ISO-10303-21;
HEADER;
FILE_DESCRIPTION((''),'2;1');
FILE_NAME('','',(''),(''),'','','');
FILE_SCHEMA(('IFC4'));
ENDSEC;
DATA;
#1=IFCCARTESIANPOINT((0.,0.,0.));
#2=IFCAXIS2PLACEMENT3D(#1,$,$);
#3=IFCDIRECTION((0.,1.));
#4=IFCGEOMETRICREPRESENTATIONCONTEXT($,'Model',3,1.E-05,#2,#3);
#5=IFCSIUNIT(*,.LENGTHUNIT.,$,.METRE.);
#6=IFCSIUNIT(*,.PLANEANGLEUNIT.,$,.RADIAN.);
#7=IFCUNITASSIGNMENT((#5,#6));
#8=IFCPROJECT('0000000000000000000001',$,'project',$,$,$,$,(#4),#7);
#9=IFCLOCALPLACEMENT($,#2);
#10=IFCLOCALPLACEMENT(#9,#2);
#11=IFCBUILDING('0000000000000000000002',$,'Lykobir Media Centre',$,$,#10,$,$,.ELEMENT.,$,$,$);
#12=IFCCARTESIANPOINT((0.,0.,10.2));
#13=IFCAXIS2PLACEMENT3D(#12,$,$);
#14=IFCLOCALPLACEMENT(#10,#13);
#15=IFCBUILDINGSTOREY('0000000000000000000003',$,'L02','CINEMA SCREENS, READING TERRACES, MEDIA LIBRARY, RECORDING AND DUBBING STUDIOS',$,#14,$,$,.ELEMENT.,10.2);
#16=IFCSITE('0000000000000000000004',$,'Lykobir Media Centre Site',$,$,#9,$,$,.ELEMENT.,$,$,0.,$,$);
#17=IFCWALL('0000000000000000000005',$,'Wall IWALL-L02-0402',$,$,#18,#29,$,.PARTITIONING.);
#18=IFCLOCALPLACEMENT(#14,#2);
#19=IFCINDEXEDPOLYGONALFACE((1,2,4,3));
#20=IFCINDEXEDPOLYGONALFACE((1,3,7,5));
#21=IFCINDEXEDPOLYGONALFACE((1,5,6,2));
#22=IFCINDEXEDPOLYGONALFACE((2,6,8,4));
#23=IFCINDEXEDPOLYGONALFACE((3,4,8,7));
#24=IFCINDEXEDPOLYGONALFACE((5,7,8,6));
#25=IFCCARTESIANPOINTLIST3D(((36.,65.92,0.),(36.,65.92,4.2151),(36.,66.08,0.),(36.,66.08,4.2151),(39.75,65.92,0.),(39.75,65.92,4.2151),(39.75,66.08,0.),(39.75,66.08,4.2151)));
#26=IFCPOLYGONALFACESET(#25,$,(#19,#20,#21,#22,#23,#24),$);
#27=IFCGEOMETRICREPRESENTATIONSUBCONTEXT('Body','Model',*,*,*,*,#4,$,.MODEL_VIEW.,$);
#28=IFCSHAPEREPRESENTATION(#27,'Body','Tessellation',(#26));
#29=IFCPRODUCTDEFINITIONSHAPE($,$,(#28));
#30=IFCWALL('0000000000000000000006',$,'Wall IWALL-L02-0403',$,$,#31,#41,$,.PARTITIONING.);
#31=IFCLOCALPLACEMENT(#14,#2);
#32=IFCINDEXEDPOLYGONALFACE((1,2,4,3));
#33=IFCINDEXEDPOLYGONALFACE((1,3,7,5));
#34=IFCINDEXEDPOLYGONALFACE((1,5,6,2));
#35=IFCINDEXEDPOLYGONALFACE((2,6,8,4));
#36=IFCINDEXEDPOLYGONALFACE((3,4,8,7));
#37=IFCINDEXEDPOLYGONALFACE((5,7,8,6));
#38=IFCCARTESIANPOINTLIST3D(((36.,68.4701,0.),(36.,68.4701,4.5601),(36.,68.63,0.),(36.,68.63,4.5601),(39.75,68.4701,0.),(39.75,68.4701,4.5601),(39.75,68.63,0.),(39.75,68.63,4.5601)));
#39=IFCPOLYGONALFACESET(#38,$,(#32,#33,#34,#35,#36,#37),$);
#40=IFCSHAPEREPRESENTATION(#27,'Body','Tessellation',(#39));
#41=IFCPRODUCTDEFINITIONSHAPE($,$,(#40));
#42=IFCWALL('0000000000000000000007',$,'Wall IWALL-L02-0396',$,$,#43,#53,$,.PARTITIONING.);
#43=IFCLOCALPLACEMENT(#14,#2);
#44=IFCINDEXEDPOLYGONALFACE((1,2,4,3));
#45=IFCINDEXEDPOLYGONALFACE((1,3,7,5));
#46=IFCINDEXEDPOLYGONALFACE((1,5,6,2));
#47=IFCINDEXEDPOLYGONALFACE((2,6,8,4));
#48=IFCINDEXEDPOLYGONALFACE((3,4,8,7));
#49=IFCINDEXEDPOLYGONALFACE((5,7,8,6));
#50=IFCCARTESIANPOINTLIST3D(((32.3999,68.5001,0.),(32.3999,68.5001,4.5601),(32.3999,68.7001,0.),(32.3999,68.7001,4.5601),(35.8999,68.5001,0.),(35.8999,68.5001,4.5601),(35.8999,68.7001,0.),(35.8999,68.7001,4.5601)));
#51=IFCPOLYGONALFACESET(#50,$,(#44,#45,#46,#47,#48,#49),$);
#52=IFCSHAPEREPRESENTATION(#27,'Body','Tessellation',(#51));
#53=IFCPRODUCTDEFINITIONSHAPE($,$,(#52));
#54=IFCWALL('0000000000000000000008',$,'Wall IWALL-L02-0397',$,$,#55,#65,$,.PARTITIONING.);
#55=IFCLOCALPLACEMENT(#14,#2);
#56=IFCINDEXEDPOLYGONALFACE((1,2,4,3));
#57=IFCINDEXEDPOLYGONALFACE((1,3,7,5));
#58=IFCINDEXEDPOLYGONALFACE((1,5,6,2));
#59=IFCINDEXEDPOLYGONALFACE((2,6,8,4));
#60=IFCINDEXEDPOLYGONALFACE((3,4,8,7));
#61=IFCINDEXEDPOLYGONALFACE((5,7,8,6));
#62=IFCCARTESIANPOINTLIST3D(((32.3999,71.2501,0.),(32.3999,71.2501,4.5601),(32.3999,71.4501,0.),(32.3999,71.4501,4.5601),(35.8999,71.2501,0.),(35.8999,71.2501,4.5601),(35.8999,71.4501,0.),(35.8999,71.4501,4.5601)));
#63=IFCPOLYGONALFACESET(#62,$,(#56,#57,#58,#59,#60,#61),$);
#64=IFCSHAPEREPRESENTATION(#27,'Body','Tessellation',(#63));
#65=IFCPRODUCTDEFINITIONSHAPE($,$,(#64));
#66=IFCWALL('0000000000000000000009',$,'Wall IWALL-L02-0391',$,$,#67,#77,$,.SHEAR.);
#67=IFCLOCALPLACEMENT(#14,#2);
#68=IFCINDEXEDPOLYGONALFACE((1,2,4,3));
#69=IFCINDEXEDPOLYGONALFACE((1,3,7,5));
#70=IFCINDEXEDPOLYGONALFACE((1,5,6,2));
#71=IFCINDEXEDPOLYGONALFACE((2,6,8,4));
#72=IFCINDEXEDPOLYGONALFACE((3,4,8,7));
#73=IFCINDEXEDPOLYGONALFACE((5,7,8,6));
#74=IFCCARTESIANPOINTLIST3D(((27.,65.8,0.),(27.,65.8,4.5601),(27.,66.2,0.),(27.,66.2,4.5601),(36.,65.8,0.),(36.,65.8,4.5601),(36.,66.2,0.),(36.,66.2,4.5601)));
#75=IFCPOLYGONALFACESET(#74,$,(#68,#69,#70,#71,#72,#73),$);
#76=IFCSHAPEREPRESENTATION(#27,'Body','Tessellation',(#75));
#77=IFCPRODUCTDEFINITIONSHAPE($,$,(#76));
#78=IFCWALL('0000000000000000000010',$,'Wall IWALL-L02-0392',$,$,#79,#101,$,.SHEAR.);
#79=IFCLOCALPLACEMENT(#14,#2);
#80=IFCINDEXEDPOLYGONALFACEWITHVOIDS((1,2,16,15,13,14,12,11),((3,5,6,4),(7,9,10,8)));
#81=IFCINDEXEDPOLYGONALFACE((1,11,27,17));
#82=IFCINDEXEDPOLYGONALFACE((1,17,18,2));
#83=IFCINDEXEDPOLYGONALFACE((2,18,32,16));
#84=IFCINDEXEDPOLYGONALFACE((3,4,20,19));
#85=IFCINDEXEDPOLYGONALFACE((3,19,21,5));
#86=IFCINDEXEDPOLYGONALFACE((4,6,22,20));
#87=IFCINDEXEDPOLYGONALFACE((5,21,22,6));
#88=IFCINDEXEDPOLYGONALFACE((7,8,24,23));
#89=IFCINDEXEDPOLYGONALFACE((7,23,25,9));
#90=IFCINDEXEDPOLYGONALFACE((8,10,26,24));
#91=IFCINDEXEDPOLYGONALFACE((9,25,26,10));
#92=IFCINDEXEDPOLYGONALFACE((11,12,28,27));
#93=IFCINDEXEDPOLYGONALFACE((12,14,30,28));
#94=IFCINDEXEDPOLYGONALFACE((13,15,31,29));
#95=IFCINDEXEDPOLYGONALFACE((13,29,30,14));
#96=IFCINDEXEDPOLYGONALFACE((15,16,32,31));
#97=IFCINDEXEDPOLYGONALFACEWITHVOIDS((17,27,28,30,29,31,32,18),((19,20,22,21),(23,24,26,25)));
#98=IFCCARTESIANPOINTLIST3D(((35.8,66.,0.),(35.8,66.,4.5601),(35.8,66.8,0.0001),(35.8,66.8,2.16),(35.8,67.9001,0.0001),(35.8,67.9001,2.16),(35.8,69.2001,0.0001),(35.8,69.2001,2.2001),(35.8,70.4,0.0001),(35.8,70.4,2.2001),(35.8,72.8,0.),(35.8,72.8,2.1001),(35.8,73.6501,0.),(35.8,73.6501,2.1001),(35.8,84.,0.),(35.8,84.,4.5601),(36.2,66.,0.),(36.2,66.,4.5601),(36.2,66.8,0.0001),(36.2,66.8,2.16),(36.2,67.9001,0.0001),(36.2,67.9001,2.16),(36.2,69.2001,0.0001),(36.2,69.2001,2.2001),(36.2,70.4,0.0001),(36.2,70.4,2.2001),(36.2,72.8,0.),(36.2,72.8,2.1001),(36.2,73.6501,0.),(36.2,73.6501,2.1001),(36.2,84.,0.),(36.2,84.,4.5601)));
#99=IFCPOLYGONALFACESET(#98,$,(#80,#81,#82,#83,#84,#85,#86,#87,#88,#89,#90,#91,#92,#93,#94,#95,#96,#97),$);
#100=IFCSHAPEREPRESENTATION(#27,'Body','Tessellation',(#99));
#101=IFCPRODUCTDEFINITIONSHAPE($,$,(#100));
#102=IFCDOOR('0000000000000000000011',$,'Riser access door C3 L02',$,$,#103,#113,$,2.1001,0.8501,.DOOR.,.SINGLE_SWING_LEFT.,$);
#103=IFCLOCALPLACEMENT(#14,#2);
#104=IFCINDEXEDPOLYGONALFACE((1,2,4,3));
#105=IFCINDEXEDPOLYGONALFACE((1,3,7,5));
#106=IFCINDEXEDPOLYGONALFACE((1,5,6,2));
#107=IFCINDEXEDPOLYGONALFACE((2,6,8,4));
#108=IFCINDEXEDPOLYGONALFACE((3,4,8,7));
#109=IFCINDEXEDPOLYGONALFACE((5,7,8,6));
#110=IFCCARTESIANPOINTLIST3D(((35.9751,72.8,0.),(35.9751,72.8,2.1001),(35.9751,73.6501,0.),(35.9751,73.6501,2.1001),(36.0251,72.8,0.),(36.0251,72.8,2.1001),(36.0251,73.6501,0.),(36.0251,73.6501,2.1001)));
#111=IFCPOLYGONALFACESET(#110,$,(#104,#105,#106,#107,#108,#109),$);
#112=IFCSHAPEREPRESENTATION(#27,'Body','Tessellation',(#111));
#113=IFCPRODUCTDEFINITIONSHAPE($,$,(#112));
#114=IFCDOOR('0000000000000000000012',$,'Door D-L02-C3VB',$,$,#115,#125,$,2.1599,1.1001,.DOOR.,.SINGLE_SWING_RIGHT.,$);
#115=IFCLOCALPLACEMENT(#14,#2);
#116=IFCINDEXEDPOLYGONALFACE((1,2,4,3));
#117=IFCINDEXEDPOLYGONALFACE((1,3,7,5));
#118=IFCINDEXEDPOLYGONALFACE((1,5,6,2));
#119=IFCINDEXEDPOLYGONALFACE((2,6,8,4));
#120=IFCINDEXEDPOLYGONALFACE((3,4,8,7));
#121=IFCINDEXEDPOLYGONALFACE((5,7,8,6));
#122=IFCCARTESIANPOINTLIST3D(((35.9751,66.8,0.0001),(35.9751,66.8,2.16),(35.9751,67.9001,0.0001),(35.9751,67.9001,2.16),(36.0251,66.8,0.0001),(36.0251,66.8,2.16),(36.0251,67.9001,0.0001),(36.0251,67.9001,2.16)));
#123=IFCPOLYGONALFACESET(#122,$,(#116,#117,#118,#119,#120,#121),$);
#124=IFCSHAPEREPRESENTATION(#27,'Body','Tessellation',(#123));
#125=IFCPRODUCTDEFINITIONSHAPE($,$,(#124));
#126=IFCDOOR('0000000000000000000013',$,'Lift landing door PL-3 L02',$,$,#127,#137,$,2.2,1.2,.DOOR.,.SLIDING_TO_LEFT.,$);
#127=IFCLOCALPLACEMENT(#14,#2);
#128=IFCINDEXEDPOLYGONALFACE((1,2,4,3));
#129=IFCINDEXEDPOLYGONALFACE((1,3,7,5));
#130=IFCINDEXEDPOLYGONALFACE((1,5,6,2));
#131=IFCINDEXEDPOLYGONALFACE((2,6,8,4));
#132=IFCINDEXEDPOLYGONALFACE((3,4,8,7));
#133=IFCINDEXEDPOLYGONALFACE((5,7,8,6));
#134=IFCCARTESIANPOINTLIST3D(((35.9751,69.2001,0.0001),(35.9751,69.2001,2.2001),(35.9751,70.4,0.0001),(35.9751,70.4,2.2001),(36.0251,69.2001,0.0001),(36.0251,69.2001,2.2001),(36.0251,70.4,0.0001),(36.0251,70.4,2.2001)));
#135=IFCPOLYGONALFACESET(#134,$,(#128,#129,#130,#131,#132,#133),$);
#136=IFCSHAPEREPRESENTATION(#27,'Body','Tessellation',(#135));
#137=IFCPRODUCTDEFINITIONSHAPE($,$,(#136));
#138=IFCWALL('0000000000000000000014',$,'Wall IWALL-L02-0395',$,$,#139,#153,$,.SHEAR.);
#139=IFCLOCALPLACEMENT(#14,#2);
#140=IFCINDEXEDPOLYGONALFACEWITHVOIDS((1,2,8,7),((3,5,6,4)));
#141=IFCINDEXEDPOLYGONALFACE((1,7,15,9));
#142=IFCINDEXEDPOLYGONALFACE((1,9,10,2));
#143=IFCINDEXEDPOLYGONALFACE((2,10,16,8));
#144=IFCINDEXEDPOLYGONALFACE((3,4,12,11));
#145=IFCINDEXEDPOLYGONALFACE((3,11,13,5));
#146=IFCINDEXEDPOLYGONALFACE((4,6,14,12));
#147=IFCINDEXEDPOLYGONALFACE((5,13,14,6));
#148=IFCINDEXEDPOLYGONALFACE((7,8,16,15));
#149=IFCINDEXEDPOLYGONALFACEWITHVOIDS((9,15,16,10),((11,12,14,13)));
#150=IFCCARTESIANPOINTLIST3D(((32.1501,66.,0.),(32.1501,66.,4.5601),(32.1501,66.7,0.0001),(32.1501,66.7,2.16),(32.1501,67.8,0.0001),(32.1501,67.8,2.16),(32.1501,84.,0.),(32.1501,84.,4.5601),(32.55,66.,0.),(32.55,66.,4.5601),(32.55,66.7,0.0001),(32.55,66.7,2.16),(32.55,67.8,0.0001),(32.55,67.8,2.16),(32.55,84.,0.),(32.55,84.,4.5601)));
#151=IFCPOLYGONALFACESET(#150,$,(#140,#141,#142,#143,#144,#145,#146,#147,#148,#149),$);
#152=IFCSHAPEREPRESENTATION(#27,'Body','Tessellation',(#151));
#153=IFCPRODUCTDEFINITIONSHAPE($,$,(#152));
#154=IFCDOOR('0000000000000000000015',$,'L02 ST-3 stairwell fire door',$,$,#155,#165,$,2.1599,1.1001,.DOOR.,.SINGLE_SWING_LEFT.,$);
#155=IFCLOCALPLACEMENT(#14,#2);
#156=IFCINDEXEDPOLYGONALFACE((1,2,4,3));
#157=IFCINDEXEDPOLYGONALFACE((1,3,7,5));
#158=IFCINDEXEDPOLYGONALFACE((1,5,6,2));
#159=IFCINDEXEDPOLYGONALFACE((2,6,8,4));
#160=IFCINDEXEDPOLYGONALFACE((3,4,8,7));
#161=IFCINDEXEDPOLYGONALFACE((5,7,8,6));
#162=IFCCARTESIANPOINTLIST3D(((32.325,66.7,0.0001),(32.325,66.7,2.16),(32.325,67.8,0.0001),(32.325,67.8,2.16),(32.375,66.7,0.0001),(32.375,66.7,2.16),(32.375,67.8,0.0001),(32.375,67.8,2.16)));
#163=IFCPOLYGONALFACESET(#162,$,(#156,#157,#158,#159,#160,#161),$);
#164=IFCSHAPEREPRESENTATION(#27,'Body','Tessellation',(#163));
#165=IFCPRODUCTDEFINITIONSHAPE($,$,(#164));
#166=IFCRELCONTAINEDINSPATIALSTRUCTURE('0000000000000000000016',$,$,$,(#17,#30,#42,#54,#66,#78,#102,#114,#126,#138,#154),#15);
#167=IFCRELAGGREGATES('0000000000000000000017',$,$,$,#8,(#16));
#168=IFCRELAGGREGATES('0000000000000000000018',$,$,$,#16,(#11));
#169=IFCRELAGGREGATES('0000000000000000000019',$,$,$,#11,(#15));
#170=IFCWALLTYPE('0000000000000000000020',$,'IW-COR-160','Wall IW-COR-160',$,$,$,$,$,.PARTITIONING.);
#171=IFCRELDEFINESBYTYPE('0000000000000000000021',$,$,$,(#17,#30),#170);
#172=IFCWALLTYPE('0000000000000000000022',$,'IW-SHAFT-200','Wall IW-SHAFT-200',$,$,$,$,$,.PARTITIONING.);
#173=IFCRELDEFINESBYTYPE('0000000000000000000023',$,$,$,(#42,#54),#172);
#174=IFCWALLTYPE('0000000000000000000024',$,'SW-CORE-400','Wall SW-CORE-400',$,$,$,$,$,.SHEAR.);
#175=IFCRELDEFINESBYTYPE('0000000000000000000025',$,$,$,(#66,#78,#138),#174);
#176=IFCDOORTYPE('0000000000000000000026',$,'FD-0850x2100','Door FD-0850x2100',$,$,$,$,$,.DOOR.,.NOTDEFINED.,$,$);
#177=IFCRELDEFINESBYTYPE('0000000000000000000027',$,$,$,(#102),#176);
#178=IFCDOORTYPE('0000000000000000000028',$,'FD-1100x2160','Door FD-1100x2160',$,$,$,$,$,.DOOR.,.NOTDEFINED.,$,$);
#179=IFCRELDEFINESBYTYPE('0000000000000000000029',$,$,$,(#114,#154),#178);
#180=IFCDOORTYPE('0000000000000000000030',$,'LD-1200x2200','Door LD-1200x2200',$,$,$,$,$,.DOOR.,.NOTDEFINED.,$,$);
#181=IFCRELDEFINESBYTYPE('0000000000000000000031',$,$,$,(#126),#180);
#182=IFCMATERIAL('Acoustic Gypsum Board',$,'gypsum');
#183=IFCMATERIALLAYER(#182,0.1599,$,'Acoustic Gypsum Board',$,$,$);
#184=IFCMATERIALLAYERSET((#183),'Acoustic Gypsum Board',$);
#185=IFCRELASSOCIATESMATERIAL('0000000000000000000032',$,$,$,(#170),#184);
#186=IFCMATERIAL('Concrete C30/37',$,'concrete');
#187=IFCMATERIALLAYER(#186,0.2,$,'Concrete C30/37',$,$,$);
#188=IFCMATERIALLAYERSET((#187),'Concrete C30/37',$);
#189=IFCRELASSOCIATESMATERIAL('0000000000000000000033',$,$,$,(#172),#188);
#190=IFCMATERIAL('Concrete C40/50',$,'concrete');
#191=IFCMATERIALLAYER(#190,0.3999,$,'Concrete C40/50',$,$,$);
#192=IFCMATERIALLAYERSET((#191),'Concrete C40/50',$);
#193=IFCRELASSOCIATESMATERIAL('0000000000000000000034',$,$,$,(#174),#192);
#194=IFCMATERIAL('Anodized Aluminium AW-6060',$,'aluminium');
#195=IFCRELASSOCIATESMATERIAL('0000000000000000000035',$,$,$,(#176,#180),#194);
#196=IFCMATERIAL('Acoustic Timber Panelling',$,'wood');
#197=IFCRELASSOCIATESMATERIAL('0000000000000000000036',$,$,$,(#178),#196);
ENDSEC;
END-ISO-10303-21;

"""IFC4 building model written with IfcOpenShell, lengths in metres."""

from ifc_helpers import new_model, si_unit, direction, frame, frame_2d, origin, place, context, subcontext, project, spatial, rectangle, extrude, material, layer, layer_set, type_object, element, fill, save


model = new_model("IFC4")

# Units and contexts
model_context = context("Model", 3, precision=1e-05, world=origin(), true_north=direction((0.0, 1.0)))
body_context = subcontext(model_context, "Body", "Model", "MODEL_VIEW")
ifc_project = project(units=[si_unit("LENGTHUNIT", "METRE"), si_unit("PLANEANGLEUNIT", "RADIAN")], contexts=[model_context])

# Site, building, storey
site_placement = place(None, origin())
site = spatial("IfcSite", under=ifc_project, at=site_placement, Name="Lykobir Media Centre Site", CompositionType="ELEMENT", RefElevation=0.0)
building_placement = place(site_placement, origin())
building = spatial("IfcBuilding", under=site, at=building_placement, Name="Lykobir Media Centre", CompositionType="ELEMENT")
storey_placement = place(building_placement, frame((0.0, 0.0, 10.2)))
storey = spatial("IfcBuildingStorey", under=building, at=storey_placement, Name="L02", Description="CINEMA SCREENS, READING TERRACES, MEDIA LIBRARY, RECORDING AND DUBBING STUDIOS", CompositionType="ELEMENT", Elevation=10.2)

# Shared definitions
ifc_material_1 = material(Name="Anodized Aluminium AW-6060", Category="aluminium")

# Walls
ifc_material_2 = material(Name="Acoustic Gypsum Board", Category="gypsum")
ifc_layer_1 = layer(ifc_material_2, 0.1599, Name="Acoustic Gypsum Board")
ifc_layer_set_1 = layer_set([ifc_layer_1], Name="Acoustic Gypsum Board")
wall_type_1 = type_object("IfcWallType", Name="IW-COR-160", Description="Wall IW-COR-160", PredefinedType="PARTITIONING", material=ifc_layer_set_1)
wall_1_placement = place(storey_placement, frame((36.0, 66.0, 0.0), z_axis=(0.0, 0.0, 1.0), x_axis=(1.0, 0.0, 0.0)))
element("IfcWall", 1, at=wall_1_placement, inside=storey, type_object=wall_type_1, Name="Wall IWALL-L02-0402", PredefinedType="PARTITIONING", context=body_context, shape_type="SweptSolid", body=[
    extrude(rectangle(XDim=3.75, YDim=0.1599, at=frame_2d((1.875, 0.0))), origin(), (0.0, 0.0, 1.0), 4.2151),
])
wall_2_placement = place(storey_placement, frame((36.0, 68.55, 0.0), z_axis=(0.0, 0.0, 1.0), x_axis=(1.0, 0.0, 0.0)))
element("IfcWall", 2, at=wall_2_placement, inside=storey, type_object=wall_type_1, Name="Wall IWALL-L02-0403", PredefinedType="PARTITIONING", context=body_context, shape_type="SweptSolid", body=[
    extrude(rectangle(XDim=3.75, YDim=0.1599, at=frame_2d((1.875, 0.0))), origin(), (0.0, 0.0, 1.0), 4.5601),
])
ifc_material_3 = material(Name="Concrete C30/37", Category="concrete")
ifc_layer_2 = layer(ifc_material_3, 0.2, Name="Concrete C30/37")
ifc_layer_set_2 = layer_set([ifc_layer_2], Name="Concrete C30/37")
wall_type_2 = type_object("IfcWallType", Name="IW-SHAFT-200", Description="Wall IW-SHAFT-200", PredefinedType="PARTITIONING", material=ifc_layer_set_2)
for number, where, z_axis, x_axis, name in (
    (3, (32.3999, 68.6001, 0.0), (0.0, 0.0, 1.0), (1.0, 0.0, 0.0), "Wall IWALL-L02-0396"),
    (4, (32.3999, 71.3501, 0.0), (0.0, 0.0, 1.0), (1.0, 0.0, 0.0), "Wall IWALL-L02-0397"),
):
    element("IfcWall", number, at=place(storey_placement, frame(where, z_axis=z_axis, x_axis=x_axis)), inside=storey, type_object=wall_type_2, Name=name, PredefinedType="PARTITIONING", context=body_context, shape_type="SweptSolid", body=[
        extrude(rectangle(XDim=3.5, YDim=0.2, at=frame_2d((1.75, 0.0))), origin(), (0.0, 0.0, 1.0), 4.5601),
    ])
ifc_material_4 = material(Name="Concrete C40/50", Category="concrete")
ifc_layer_3 = layer(ifc_material_4, 0.3999, Name="Concrete C40/50")
ifc_layer_set_3 = layer_set([ifc_layer_3], Name="Concrete C40/50")
wall_type_3 = type_object("IfcWallType", Name="SW-CORE-400", Description="Wall SW-CORE-400", PredefinedType="SHEAR", material=ifc_layer_set_3)
wall_3_placement = place(storey_placement, frame((27.0, 66.0, 0.0), z_axis=(0.0, 0.0, 1.0), x_axis=(1.0, 0.0, 0.0)))
element("IfcWall", 5, at=wall_3_placement, inside=storey, type_object=wall_type_3, Name="Wall IWALL-L02-0391", PredefinedType="SHEAR", context=body_context, shape_type="SweptSolid", body=[
    extrude(rectangle(XDim=9.0, YDim=0.3999, at=frame_2d((4.5, 0.0))), origin(), (0.0, 0.0, 1.0), 4.5601),
])

# Wall, openings, doors
wall_4_placement = place(storey_placement, frame((36.0, 66.0, 0.0), z_axis=(0.0, 0.0, 1.0), x_axis=(0.0, 1.0, 0.0)))
wall_4 = element("IfcWall", 6, at=wall_4_placement, inside=storey, type_object=wall_type_3, Name="Wall IWALL-L02-0392", PredefinedType="SHEAR", context=body_context, shape_type="SweptSolid", body=[
    extrude(rectangle(XDim=18.0, YDim=0.3999, at=frame_2d((9.0, 0.0))), origin(), (0.0, 0.0, 1.0), 4.5601),
])
opening_1_placement = place(wall_4_placement, frame((0.8, 0.0, 0.0)))
opening_1 = element("IfcOpeningElement", 7, at=opening_1_placement, cuts=wall_4, PredefinedType="OPENING", context=body_context, shape_type="SweptSolid", body=[
    extrude(rectangle(XDim=1.1001, YDim=2.1599, at=frame_2d((0.55, 1.0801))), frame((0.0, 0.21, 0.0), z_axis=(0.0, -1.0, 0.0), x_axis=(1.0, 0.0, 0.0)), (0.0, 0.0, 1.0), 0.4199),
])
opening_2_placement = place(wall_4_placement, frame((3.2, 0.0, 0.0)))
opening_2 = element("IfcOpeningElement", 8, at=opening_2_placement, cuts=wall_4, PredefinedType="OPENING", context=body_context, shape_type="SweptSolid", body=[
    extrude(rectangle(XDim=1.2, YDim=2.2, at=frame_2d((0.6001, 1.1001))), frame((0.0, 0.21, 0.0), z_axis=(0.0, -1.0, 0.0), x_axis=(1.0, 0.0, 0.0)), (0.0, 0.0, 1.0), 0.4199),
])
opening_3_placement = place(wall_4_placement, frame((6.8, 0.0, 0.0)))
opening_3 = element("IfcOpeningElement", 9, at=opening_3_placement, cuts=wall_4, PredefinedType="OPENING", context=body_context, shape_type="SweptSolid", body=[
    extrude(rectangle(XDim=0.8501, YDim=2.1001, at=frame_2d((0.425, 1.05))), frame((0.0, 0.21, 0.0), z_axis=(0.0, -1.0, 0.0), x_axis=(1.0, 0.0, 0.0)), (0.0, 0.0, 1.0), 0.4199),
])
door_type_1 = type_object("IfcDoorType", Name="FD-0850x2100", Description="Door FD-0850x2100", OperationType="NOTDEFINED", PredefinedType="DOOR", material=ifc_material_1)
door_1_placement = place(opening_3_placement, origin())
door_1 = element("IfcDoor", 10, at=door_1_placement, inside=storey, type_object=door_type_1, Name="Riser access door C3 L02", OperationType="SINGLE_SWING_LEFT", OverallHeight=2.1001, OverallWidth=0.8501, PredefinedType="DOOR", context=body_context, shape_type="SweptSolid", body=[
    extrude(rectangle(XDim=0.8501, YDim=2.1001, at=frame_2d((0.425, 1.05))), frame((0.0, 0.0249, 0.0), z_axis=(0.0, -1.0, 0.0), x_axis=(1.0, 0.0, 0.0)), (0.0, 0.0, 1.0), 0.05),
])
fill(opening_3, door_1)
ifc_material_5 = material(Name="Acoustic Timber Panelling", Category="wood")
door_type_2 = type_object("IfcDoorType", Name="FD-1100x2160", Description="Door FD-1100x2160", OperationType="NOTDEFINED", PredefinedType="DOOR", material=ifc_material_5)
door_2_placement = place(opening_1_placement, origin())
door_2 = element("IfcDoor", 11, at=door_2_placement, inside=storey, type_object=door_type_2, Name="Door D-L02-C3VB", OperationType="SINGLE_SWING_RIGHT", OverallHeight=2.1599, OverallWidth=1.1001, PredefinedType="DOOR", context=body_context, shape_type="SweptSolid", body=[
    extrude(rectangle(XDim=1.1001, YDim=2.1599, at=frame_2d((0.55, 1.0801))), frame((0.0, 0.0249, 0.0), z_axis=(0.0, -1.0, 0.0), x_axis=(1.0, 0.0, 0.0)), (0.0, 0.0, 1.0), 0.05),
])
fill(opening_1, door_2)
door_type_3 = type_object("IfcDoorType", Name="LD-1200x2200", Description="Door LD-1200x2200", OperationType="NOTDEFINED", PredefinedType="DOOR", material=ifc_material_1)
door_3_placement = place(opening_2_placement, origin())
door_3 = element("IfcDoor", 12, at=door_3_placement, inside=storey, type_object=door_type_3, Name="Lift landing door PL-3 L02", OperationType="SLIDING_TO_LEFT", OverallHeight=2.2, OverallWidth=1.2, PredefinedType="DOOR", context=body_context, shape_type="SweptSolid", body=[
    extrude(rectangle(XDim=1.2, YDim=2.2, at=frame_2d((0.6001, 1.1001))), frame((0.0, 0.0249, 0.0), z_axis=(0.0, -1.0, 0.0), x_axis=(1.0, 0.0, 0.0)), (0.0, 0.0, 1.0), 0.05),
])
fill(opening_2, door_3)

# Wall, opening, door
wall_5_placement = place(storey_placement, frame((32.3501, 66.0, 0.0), z_axis=(0.0, 0.0, 1.0), x_axis=(0.0, 1.0, 0.0)))
wall_5 = element("IfcWall", 13, at=wall_5_placement, inside=storey, type_object=wall_type_3, Name="Wall IWALL-L02-0395", PredefinedType="SHEAR", context=body_context, shape_type="SweptSolid", body=[
    extrude(rectangle(XDim=18.0, YDim=0.3999, at=frame_2d((9.0, 0.0))), origin(), (0.0, 0.0, 1.0), 4.5601),
])
opening_4_placement = place(wall_5_placement, frame((0.7, 0.0, 0.0)))
opening_4 = element("IfcOpeningElement", 14, at=opening_4_placement, cuts=wall_5, PredefinedType="OPENING", context=body_context, shape_type="SweptSolid", body=[
    extrude(rectangle(XDim=1.1001, YDim=2.1599, at=frame_2d((0.55, 1.0801))), frame((0.0, 0.21, 0.0), z_axis=(0.0, -1.0, 0.0), x_axis=(1.0, 0.0, 0.0)), (0.0, 0.0, 1.0), 0.4199),
])
door_4_placement = place(opening_4_placement, frame((1.1001, 0.0, 0.0), z_axis=(0.0, 0.0, 1.0), x_axis=(-1.0, 0.0, 0.0)))
door_4 = element("IfcDoor", 15, at=door_4_placement, inside=storey, type_object=door_type_2, Name="L02 ST-3 stairwell fire door", OperationType="SINGLE_SWING_LEFT", OverallHeight=2.1599, OverallWidth=1.1001, PredefinedType="DOOR", context=body_context, shape_type="SweptSolid", body=[
    extrude(rectangle(XDim=1.1001, YDim=2.1599, at=frame_2d((0.55, 1.0801))), frame((0.0, 0.0249, 0.0), z_axis=(0.0, -1.0, 0.0), x_axis=(1.0, 0.0, 0.0)), (0.0, 0.0, 1.0), 0.05),
])
fill(opening_4, door_4)

save(model, "model.ifc")
